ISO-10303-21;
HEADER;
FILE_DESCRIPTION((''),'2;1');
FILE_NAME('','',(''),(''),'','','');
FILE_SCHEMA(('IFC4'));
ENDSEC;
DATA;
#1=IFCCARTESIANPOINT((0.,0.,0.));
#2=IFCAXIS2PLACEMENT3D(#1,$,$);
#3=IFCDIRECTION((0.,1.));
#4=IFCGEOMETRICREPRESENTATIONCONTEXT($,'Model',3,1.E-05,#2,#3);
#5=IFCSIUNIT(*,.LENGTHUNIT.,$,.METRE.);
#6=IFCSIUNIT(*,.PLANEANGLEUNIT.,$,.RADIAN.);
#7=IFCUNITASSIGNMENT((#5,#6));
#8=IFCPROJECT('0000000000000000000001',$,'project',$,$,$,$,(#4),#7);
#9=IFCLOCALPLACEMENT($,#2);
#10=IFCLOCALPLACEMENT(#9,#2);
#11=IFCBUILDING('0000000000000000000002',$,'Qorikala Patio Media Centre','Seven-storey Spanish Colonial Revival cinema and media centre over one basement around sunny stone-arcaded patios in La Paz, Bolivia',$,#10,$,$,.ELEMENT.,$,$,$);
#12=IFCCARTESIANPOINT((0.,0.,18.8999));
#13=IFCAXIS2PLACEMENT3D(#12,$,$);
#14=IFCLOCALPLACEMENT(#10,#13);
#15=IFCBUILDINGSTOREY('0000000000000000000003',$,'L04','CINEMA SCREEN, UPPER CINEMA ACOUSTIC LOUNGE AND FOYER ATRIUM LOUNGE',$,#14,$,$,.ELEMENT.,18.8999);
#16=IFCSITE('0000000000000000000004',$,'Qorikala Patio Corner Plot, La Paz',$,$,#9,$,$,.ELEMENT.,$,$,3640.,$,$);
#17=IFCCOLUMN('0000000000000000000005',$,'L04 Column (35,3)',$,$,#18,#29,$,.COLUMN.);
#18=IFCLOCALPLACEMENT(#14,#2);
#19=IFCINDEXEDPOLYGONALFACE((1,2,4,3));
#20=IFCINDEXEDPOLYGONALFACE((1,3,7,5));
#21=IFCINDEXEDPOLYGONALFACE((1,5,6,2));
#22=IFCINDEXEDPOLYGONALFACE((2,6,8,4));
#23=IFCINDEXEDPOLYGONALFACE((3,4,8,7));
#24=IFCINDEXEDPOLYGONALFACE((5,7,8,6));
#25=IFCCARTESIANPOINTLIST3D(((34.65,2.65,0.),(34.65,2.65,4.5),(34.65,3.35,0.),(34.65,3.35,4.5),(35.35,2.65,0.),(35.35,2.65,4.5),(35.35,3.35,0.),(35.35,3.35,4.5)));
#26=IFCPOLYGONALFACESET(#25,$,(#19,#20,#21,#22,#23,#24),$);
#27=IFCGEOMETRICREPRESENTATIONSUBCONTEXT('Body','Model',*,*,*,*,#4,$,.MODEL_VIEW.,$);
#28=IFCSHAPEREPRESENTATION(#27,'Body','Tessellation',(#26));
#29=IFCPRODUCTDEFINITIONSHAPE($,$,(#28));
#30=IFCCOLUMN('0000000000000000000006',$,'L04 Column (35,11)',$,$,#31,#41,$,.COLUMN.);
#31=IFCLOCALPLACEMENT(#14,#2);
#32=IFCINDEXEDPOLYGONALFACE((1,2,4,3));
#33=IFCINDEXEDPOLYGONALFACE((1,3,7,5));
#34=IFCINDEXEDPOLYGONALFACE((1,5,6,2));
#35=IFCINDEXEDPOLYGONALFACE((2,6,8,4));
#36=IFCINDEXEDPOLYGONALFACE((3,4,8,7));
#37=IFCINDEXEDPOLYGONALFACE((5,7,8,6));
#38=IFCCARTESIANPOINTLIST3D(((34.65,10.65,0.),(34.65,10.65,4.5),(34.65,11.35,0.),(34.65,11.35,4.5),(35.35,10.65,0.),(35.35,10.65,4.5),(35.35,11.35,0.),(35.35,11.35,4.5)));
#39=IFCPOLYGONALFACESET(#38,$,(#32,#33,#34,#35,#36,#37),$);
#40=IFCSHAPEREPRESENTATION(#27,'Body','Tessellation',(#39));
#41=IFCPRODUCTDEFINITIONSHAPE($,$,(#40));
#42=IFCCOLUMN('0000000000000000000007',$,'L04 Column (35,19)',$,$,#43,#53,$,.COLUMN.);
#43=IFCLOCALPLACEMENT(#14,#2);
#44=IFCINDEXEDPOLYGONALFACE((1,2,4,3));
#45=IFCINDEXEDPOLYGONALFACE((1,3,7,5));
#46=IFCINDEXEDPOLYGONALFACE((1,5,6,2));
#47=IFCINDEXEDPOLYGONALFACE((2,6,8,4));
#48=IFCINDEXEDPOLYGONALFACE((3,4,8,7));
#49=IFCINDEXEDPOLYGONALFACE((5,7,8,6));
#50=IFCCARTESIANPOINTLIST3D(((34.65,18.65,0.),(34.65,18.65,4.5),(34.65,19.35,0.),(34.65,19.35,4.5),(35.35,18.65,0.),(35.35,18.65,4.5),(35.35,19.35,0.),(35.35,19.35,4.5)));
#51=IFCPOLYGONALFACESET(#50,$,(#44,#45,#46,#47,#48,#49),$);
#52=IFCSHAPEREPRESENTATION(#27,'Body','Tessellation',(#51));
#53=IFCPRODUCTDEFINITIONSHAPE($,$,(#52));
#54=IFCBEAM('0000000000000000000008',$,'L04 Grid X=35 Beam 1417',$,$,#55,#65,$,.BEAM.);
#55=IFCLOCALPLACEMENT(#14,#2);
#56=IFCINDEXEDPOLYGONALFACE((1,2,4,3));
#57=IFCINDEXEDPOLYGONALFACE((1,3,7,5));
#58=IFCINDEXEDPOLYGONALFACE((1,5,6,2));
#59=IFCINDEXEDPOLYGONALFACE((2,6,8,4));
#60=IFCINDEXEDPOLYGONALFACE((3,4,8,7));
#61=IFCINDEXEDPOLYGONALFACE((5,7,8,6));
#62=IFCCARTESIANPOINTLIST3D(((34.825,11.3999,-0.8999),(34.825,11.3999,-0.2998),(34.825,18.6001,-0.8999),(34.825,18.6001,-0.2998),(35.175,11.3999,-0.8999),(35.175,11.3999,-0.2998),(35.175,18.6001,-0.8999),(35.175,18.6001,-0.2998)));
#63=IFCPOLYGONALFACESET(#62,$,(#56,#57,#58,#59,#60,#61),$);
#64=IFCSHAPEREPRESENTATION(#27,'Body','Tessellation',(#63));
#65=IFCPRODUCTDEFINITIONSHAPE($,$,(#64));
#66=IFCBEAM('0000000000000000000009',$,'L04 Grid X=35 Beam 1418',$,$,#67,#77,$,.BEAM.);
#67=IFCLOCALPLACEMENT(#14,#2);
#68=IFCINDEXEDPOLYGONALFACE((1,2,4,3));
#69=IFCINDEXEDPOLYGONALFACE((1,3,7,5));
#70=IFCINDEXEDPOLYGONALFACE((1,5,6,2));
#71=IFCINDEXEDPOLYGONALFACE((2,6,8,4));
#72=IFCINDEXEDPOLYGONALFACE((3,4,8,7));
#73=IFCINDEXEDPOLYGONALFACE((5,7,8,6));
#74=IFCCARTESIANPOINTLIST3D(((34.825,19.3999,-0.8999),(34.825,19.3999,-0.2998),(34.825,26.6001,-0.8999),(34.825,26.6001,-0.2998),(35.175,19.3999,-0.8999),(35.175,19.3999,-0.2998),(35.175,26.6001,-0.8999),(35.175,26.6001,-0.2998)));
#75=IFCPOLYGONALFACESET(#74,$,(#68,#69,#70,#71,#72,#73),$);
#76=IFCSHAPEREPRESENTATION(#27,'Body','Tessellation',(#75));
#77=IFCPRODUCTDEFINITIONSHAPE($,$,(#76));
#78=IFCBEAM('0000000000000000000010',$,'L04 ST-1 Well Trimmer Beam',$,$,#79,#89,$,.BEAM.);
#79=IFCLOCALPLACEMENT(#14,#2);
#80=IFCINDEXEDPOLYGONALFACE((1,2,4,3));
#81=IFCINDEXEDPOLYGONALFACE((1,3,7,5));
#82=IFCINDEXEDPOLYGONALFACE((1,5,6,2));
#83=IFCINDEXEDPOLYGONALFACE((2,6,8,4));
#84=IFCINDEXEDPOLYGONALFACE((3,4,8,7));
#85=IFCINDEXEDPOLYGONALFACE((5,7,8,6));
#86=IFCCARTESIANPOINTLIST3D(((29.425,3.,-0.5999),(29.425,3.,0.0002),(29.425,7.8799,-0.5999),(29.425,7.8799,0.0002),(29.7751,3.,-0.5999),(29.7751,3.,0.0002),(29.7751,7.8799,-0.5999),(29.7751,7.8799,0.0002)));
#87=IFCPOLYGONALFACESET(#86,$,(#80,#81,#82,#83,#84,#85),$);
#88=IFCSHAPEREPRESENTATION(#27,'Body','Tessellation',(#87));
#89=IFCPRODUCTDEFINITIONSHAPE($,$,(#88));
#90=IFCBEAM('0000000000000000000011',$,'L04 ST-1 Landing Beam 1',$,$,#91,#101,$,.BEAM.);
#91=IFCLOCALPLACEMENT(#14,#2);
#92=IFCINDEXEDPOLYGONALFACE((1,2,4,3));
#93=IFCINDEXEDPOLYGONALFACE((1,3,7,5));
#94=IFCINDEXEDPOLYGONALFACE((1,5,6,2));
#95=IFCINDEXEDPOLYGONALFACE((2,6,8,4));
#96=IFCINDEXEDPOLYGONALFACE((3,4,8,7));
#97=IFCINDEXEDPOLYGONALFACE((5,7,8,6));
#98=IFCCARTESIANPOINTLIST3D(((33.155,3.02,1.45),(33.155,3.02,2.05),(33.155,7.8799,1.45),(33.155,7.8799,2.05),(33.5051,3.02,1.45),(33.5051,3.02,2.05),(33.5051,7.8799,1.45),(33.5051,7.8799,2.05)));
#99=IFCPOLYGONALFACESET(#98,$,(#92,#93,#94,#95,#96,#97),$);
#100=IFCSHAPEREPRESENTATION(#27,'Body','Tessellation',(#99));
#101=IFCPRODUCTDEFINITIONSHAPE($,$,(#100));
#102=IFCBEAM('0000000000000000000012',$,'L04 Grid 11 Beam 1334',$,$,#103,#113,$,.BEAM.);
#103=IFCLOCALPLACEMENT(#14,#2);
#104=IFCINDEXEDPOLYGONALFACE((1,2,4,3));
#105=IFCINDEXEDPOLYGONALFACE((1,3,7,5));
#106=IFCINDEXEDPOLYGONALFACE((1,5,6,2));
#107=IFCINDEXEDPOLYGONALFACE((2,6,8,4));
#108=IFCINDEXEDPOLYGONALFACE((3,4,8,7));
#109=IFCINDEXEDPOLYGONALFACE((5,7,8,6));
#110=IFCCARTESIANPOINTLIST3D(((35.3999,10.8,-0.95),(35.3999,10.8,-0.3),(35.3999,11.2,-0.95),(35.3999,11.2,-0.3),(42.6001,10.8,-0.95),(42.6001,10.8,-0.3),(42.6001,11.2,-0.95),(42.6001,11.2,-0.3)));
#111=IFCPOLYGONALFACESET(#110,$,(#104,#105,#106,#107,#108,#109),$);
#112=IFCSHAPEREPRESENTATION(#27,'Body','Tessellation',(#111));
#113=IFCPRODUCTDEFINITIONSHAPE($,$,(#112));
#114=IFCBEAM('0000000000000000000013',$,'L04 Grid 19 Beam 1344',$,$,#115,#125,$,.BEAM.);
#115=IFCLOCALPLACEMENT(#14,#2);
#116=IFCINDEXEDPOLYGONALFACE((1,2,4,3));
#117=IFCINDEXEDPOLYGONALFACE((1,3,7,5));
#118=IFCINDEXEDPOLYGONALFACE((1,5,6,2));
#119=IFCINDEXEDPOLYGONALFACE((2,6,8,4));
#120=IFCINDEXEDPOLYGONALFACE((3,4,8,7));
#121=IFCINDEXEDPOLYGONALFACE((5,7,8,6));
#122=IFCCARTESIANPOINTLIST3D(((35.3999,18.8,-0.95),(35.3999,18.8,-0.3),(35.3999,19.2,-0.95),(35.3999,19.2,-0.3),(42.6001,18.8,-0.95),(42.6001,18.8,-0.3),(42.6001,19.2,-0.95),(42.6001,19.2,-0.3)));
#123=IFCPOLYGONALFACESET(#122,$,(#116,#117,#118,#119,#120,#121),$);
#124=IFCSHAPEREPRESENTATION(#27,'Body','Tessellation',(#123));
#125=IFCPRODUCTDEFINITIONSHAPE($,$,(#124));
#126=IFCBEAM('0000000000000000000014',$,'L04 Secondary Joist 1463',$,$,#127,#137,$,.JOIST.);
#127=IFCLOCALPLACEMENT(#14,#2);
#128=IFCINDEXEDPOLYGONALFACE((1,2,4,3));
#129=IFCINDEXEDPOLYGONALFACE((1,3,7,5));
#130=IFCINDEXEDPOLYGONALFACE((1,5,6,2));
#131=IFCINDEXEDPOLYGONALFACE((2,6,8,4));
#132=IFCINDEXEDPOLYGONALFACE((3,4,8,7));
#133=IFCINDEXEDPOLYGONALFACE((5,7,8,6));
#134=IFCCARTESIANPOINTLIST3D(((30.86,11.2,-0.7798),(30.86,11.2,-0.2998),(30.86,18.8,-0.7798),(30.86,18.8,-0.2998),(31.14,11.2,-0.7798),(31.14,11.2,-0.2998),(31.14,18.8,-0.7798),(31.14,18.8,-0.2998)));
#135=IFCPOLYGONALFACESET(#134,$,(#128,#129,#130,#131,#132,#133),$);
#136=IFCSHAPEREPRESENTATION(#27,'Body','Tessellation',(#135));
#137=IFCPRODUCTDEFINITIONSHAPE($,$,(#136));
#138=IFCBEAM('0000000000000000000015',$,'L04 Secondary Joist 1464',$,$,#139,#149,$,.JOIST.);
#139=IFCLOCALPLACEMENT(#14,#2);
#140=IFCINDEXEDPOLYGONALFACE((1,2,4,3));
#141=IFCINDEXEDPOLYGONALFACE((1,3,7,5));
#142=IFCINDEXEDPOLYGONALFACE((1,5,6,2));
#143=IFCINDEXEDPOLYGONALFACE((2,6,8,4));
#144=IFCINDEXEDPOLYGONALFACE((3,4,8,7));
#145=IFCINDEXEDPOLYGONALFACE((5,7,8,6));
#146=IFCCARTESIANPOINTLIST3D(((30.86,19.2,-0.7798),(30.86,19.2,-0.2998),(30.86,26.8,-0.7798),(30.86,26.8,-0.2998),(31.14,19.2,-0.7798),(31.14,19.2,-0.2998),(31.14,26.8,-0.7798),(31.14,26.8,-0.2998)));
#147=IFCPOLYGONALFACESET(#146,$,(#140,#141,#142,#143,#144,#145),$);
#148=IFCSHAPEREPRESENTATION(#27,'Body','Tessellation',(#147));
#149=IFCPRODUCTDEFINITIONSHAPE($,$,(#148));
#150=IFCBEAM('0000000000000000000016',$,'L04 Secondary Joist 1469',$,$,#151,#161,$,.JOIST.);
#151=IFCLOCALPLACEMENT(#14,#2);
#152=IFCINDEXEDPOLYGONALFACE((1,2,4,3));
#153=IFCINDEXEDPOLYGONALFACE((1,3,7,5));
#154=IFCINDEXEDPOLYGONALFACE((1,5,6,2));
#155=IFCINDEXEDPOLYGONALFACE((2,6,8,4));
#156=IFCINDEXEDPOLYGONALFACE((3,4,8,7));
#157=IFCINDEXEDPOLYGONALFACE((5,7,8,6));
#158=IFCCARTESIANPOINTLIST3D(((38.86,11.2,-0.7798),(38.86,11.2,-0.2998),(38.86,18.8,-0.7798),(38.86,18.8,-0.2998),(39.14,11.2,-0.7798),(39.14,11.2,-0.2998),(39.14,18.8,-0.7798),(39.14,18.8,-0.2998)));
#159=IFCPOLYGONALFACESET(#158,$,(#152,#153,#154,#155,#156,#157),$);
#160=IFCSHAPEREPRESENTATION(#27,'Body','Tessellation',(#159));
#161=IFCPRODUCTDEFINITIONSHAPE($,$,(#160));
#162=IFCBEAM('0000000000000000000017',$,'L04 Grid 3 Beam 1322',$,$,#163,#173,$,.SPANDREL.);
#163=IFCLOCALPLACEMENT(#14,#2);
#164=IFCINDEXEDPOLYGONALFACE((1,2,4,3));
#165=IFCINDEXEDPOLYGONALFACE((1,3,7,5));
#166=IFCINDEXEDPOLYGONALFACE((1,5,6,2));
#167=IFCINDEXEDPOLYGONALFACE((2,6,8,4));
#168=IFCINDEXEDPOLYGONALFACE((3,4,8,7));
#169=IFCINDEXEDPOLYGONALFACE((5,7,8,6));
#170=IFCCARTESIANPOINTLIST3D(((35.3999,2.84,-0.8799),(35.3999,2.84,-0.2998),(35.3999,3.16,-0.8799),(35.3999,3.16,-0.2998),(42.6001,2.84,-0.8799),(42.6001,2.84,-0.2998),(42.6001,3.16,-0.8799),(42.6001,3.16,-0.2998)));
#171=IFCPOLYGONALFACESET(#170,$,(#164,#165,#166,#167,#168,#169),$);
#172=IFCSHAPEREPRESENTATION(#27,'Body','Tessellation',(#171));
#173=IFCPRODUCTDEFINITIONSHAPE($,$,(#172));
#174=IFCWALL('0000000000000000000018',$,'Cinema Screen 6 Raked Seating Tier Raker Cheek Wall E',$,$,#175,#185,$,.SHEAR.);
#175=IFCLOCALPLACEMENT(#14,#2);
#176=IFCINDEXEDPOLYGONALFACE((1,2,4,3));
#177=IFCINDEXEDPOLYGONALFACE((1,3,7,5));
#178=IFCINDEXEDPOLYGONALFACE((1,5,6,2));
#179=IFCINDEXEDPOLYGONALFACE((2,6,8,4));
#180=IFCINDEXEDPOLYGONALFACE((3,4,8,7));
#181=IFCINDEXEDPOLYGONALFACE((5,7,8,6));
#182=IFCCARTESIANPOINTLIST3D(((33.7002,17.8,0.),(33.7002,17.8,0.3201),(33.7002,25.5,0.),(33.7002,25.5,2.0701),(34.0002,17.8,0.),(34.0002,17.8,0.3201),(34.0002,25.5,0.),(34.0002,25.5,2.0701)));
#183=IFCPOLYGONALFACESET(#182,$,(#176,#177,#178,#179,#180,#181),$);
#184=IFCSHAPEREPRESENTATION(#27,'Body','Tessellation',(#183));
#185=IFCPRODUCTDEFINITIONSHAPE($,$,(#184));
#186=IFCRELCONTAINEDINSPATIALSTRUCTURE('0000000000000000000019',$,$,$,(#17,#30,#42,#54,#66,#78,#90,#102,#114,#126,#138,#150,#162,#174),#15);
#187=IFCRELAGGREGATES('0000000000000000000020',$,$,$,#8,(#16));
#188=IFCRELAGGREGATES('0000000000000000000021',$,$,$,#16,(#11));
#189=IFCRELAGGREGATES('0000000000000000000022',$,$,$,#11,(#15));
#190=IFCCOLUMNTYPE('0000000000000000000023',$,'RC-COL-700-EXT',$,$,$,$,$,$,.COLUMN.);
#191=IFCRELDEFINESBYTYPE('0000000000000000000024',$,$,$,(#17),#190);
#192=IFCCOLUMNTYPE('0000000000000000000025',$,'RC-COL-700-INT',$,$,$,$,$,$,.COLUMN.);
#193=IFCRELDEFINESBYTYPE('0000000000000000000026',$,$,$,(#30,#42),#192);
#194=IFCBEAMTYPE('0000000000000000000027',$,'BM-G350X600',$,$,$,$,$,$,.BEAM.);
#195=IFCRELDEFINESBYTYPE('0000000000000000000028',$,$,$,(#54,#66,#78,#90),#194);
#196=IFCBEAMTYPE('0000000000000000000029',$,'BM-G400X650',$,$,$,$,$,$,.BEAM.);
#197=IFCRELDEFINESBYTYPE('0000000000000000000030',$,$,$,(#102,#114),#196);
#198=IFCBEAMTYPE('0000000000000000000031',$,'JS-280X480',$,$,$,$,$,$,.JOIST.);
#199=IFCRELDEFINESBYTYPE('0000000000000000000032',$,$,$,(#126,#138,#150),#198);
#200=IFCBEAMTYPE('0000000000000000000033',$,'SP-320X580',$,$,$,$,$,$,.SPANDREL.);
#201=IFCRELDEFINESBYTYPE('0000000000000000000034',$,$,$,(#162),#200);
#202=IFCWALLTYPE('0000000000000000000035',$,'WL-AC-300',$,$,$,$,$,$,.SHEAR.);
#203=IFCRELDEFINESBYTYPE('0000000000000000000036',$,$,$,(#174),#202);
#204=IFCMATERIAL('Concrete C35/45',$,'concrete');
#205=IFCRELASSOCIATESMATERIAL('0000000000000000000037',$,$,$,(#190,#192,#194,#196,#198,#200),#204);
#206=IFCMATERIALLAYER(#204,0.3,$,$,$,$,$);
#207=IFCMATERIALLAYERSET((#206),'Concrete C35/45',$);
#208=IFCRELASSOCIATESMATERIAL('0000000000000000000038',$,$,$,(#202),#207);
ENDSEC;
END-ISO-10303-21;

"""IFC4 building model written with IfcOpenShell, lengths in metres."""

from ifc_helpers import new_model, si_unit, direction, frame, origin, origin_2d, place, context, subcontext, project, spatial, polyline, rectangle, outline, extrude, material, layer, layer_set, material_profile, profile_set, type_object, element, save


model = new_model("IFC4")

# Units and contexts
model_context = context("Model", 3, precision=1e-05, world=origin(), true_north=direction((0.0, 1.0)))
body_context = subcontext(model_context, "Body", "Model", "MODEL_VIEW")
ifc_project = project(units=[si_unit("LENGTHUNIT", "METRE"), si_unit("PLANEANGLEUNIT", "RADIAN")], contexts=[model_context])

# Site, building, storey
site_placement = place(None, origin())
site = spatial("IfcSite", under=ifc_project, at=site_placement, Name="Qorikala Patio Corner Plot, La Paz", CompositionType="ELEMENT", RefElevation=3640.0)
building_placement = place(site_placement, origin())
building = spatial("IfcBuilding", under=site, at=building_placement, Name="Qorikala Patio Media Centre", Description="Seven-storey Spanish Colonial Revival cinema and media centre over one basement around sunny stone-arcaded patios in La Paz, Bolivia", CompositionType="ELEMENT")
storey_placement = place(building_placement, frame((0.0, 0.0, 18.8999)))
storey = spatial("IfcBuildingStorey", under=building, at=storey_placement, Name="L04", Description="CINEMA SCREEN, UPPER CINEMA ACOUSTIC LOUNGE AND FOYER ATRIUM LOUNGE", CompositionType="ELEMENT", Elevation=18.8999)

# Columns
ifc_material_1 = material(Name="Concrete C35/45", Category="concrete")
ifc_material_profile_1 = material_profile(ifc_material_1, rectangle(XDim=0.7, YDim=0.7, at=origin_2d()), Name="RC 700x700")
ifc_profile_set_1 = profile_set([ifc_material_profile_1], Name="Concrete C35/45")
column_type_1 = type_object("IfcColumnType", Name="RC-COL-700-EXT", PredefinedType="COLUMN", material=ifc_profile_set_1)
column_placement = place(storey_placement, frame((35.0, 3.0, 0.0), z_axis=(0.0, 0.0, 1.0), x_axis=(1.0, 0.0, 0.0)))
element("IfcColumn", 1, at=column_placement, inside=storey, type_object=column_type_1, Name="L04 Column (35,3)", PredefinedType="COLUMN", context=body_context, shape_type="SweptSolid", body=[
    extrude(rectangle(XDim=0.7, YDim=0.7, at=origin_2d()), origin(), (0.0, 0.0, 1.0), 4.5),
])
ifc_material_profile_2 = material_profile(ifc_material_1, rectangle(XDim=0.7, YDim=0.7, at=origin_2d()), Name="RC 700x700")
ifc_profile_set_2 = profile_set([ifc_material_profile_2], Name="Concrete C35/45")
column_type_2 = type_object("IfcColumnType", Name="RC-COL-700-INT", PredefinedType="COLUMN", material=ifc_profile_set_2)
for number, where, z_axis, x_axis, name in (
    (2, (35.0, 11.0, 0.0), (0.0, 0.0, 1.0), (1.0, 0.0, 0.0), "L04 Column (35,11)"),
    (3, (35.0, 19.0, 0.0), (0.0, 0.0, 1.0), (1.0, 0.0, 0.0), "L04 Column (35,19)"),
):
    element("IfcColumn", number, at=place(storey_placement, frame(where, z_axis=z_axis, x_axis=x_axis)), inside=storey, type_object=column_type_2, Name=name, PredefinedType="COLUMN", context=body_context, shape_type="SweptSolid", body=[
        extrude(rectangle(XDim=0.7, YDim=0.7, at=origin_2d()), origin(), (0.0, 0.0, 1.0), 4.5),
    ])

# Beams
ifc_material_profile_3 = material_profile(ifc_material_1, rectangle(XDim=0.3501, YDim=0.6001, at=origin_2d()), Name="RC 350x600")
ifc_profile_set_3 = profile_set([ifc_material_profile_3], Name="Concrete C35/45")
beam_type_1 = type_object("IfcBeamType", Name="BM-G350X600", PredefinedType="BEAM", material=ifc_profile_set_3)
for number, where, z_axis, x_axis, name in (
    (4, (35.0, 11.3999, -0.5999), (0.0, 1.0, 0.0), (-1.0, 0.0, 0.0), "L04 Grid X=35 Beam 1417"),
    (5, (35.0, 19.3999, -0.5999), (0.0, 1.0, 0.0), (-1.0, 0.0, 0.0), "L04 Grid X=35 Beam 1418"),
):
    element("IfcBeam", number, at=place(storey_placement, frame(where, z_axis=z_axis, x_axis=x_axis)), inside=storey, type_object=beam_type_1, Name=name, PredefinedType="BEAM", context=body_context, shape_type="SweptSolid", body=[
        extrude(rectangle(XDim=0.3501, YDim=0.6001, at=origin_2d()), origin(), (0.0, 0.0, 1.0), 7.2002),
    ])
beam_1_placement = place(storey_placement, frame((29.6001, 3.0, -0.2998), z_axis=(0.0, 1.0, 0.0), x_axis=(-1.0, 0.0, 0.0)))
element("IfcBeam", 6, at=beam_1_placement, inside=storey, type_object=beam_type_1, Name="L04 ST-1 Well Trimmer Beam", PredefinedType="BEAM", context=body_context, shape_type="SweptSolid", body=[
    extrude(rectangle(XDim=0.3501, YDim=0.6001, at=origin_2d()), origin(), (0.0, 0.0, 1.0), 4.8799),
])
beam_2_placement = place(storey_placement, frame((33.3301, 3.02, 1.75), z_axis=(0.0, 1.0, 0.0), x_axis=(-1.0, 0.0, 0.0)))
element("IfcBeam", 7, at=beam_2_placement, inside=storey, type_object=beam_type_1, Name="L04 ST-1 Landing Beam 1", PredefinedType="BEAM", context=body_context, shape_type="SweptSolid", body=[
    extrude(rectangle(XDim=0.3501, YDim=0.6001, at=origin_2d()), origin(), (0.0, 0.0, 1.0), 4.8599),
])
ifc_material_profile_4 = material_profile(ifc_material_1, rectangle(XDim=0.3999, YDim=0.6499, at=origin_2d()), Name="RC 400x650")
ifc_profile_set_4 = profile_set([ifc_material_profile_4], Name="Concrete C35/45")
beam_type_2 = type_object("IfcBeamType", Name="BM-G400X650", PredefinedType="BEAM", material=ifc_profile_set_4)
for number, where, z_axis, x_axis, name in (
    (8, (35.3999, 11.0, -0.625), (1.0, 0.0, 0.0), (0.0, 1.0, 0.0), "L04 Grid 11 Beam 1334"),
    (9, (35.3999, 19.0, -0.625), (1.0, 0.0, 0.0), (0.0, 1.0, 0.0), "L04 Grid 19 Beam 1344"),
):
    element("IfcBeam", number, at=place(storey_placement, frame(where, z_axis=z_axis, x_axis=x_axis)), inside=storey, type_object=beam_type_2, Name=name, PredefinedType="BEAM", context=body_context, shape_type="SweptSolid", body=[
        extrude(rectangle(XDim=0.3999, YDim=0.6499, at=origin_2d()), origin(), (0.0, 0.0, 1.0), 7.2002),
    ])
ifc_material_profile_5 = material_profile(ifc_material_1, rectangle(XDim=0.28, YDim=0.48, at=origin_2d()), Name="RC 280x480")
ifc_profile_set_5 = profile_set([ifc_material_profile_5], Name="Concrete C35/45")
beam_type_3 = type_object("IfcBeamType", Name="JS-280X480", PredefinedType="JOIST", material=ifc_profile_set_5)
for number, where, z_axis, x_axis, name in (
    (10, (31.0, 11.2, -0.5398), (0.0, 1.0, 0.0), (-1.0, 0.0, 0.0), "L04 Secondary Joist 1463"),
    (11, (31.0, 19.2, -0.5398), (0.0, 1.0, 0.0), (-1.0, 0.0, 0.0), "L04 Secondary Joist 1464"),
    (12, (39.0, 11.2, -0.5398), (0.0, 1.0, 0.0), (-1.0, 0.0, 0.0), "L04 Secondary Joist 1469"),
):
    element("IfcBeam", number, at=place(storey_placement, frame(where, z_axis=z_axis, x_axis=x_axis)), inside=storey, type_object=beam_type_3, Name=name, PredefinedType="JOIST", context=body_context, shape_type="SweptSolid", body=[
        extrude(rectangle(XDim=0.28, YDim=0.48, at=origin_2d()), origin(), (0.0, 0.0, 1.0), 7.6001),
    ])
ifc_material_profile_6 = material_profile(ifc_material_1, rectangle(XDim=0.3201, YDim=0.5801, at=origin_2d()), Name="RC 320x580")
ifc_profile_set_6 = profile_set([ifc_material_profile_6], Name="Concrete C35/45")
beam_type_4 = type_object("IfcBeamType", Name="SP-320X580", PredefinedType="SPANDREL", material=ifc_profile_set_6)
beam_3_placement = place(storey_placement, frame((35.3999, 3.0, -0.5898), z_axis=(1.0, 0.0, 0.0), x_axis=(0.0, 1.0, 0.0)))
element("IfcBeam", 13, at=beam_3_placement, inside=storey, type_object=beam_type_4, Name="L04 Grid 3 Beam 1322", PredefinedType="SPANDREL", context=body_context, shape_type="SweptSolid", body=[
    extrude(rectangle(XDim=0.3201, YDim=0.5801, at=origin_2d()), origin(), (0.0, 0.0, 1.0), 7.2002),
])

# Wall
ifc_layer_1 = layer(ifc_material_1, 0.3)
ifc_layer_set_1 = layer_set([ifc_layer_1], Name="Concrete C35/45")
wall_type_1 = type_object("IfcWallType", Name="WL-AC-300", PredefinedType="SHEAR", material=ifc_layer_set_1)
wall_1_placement = place(storey_placement, frame((33.8501, 17.8, 0.0), z_axis=(0.0, 0.0, 1.0), x_axis=(0.0, 1.0, 0.0)))
element("IfcWall", 14, at=wall_1_placement, inside=storey, type_object=wall_type_1, Name="Cinema Screen 6 Raked Seating Tier Raker Cheek Wall E", PredefinedType="SHEAR", context=body_context, shape_type="SweptSolid", body=[
    extrude(outline(polyline([(0.0, 0.0), (7.7, 0.0), (7.7, 2.0701), (0.0, 0.3201), (0.0, 0.0)])), frame((0.0, 0.1499, 0.0), z_axis=(0.0, -1.0, 0.0), x_axis=(1.0, 0.0, 0.0)), (0.0, 0.0, 1.0), 0.3),
])

save(model, "model.ifc")
